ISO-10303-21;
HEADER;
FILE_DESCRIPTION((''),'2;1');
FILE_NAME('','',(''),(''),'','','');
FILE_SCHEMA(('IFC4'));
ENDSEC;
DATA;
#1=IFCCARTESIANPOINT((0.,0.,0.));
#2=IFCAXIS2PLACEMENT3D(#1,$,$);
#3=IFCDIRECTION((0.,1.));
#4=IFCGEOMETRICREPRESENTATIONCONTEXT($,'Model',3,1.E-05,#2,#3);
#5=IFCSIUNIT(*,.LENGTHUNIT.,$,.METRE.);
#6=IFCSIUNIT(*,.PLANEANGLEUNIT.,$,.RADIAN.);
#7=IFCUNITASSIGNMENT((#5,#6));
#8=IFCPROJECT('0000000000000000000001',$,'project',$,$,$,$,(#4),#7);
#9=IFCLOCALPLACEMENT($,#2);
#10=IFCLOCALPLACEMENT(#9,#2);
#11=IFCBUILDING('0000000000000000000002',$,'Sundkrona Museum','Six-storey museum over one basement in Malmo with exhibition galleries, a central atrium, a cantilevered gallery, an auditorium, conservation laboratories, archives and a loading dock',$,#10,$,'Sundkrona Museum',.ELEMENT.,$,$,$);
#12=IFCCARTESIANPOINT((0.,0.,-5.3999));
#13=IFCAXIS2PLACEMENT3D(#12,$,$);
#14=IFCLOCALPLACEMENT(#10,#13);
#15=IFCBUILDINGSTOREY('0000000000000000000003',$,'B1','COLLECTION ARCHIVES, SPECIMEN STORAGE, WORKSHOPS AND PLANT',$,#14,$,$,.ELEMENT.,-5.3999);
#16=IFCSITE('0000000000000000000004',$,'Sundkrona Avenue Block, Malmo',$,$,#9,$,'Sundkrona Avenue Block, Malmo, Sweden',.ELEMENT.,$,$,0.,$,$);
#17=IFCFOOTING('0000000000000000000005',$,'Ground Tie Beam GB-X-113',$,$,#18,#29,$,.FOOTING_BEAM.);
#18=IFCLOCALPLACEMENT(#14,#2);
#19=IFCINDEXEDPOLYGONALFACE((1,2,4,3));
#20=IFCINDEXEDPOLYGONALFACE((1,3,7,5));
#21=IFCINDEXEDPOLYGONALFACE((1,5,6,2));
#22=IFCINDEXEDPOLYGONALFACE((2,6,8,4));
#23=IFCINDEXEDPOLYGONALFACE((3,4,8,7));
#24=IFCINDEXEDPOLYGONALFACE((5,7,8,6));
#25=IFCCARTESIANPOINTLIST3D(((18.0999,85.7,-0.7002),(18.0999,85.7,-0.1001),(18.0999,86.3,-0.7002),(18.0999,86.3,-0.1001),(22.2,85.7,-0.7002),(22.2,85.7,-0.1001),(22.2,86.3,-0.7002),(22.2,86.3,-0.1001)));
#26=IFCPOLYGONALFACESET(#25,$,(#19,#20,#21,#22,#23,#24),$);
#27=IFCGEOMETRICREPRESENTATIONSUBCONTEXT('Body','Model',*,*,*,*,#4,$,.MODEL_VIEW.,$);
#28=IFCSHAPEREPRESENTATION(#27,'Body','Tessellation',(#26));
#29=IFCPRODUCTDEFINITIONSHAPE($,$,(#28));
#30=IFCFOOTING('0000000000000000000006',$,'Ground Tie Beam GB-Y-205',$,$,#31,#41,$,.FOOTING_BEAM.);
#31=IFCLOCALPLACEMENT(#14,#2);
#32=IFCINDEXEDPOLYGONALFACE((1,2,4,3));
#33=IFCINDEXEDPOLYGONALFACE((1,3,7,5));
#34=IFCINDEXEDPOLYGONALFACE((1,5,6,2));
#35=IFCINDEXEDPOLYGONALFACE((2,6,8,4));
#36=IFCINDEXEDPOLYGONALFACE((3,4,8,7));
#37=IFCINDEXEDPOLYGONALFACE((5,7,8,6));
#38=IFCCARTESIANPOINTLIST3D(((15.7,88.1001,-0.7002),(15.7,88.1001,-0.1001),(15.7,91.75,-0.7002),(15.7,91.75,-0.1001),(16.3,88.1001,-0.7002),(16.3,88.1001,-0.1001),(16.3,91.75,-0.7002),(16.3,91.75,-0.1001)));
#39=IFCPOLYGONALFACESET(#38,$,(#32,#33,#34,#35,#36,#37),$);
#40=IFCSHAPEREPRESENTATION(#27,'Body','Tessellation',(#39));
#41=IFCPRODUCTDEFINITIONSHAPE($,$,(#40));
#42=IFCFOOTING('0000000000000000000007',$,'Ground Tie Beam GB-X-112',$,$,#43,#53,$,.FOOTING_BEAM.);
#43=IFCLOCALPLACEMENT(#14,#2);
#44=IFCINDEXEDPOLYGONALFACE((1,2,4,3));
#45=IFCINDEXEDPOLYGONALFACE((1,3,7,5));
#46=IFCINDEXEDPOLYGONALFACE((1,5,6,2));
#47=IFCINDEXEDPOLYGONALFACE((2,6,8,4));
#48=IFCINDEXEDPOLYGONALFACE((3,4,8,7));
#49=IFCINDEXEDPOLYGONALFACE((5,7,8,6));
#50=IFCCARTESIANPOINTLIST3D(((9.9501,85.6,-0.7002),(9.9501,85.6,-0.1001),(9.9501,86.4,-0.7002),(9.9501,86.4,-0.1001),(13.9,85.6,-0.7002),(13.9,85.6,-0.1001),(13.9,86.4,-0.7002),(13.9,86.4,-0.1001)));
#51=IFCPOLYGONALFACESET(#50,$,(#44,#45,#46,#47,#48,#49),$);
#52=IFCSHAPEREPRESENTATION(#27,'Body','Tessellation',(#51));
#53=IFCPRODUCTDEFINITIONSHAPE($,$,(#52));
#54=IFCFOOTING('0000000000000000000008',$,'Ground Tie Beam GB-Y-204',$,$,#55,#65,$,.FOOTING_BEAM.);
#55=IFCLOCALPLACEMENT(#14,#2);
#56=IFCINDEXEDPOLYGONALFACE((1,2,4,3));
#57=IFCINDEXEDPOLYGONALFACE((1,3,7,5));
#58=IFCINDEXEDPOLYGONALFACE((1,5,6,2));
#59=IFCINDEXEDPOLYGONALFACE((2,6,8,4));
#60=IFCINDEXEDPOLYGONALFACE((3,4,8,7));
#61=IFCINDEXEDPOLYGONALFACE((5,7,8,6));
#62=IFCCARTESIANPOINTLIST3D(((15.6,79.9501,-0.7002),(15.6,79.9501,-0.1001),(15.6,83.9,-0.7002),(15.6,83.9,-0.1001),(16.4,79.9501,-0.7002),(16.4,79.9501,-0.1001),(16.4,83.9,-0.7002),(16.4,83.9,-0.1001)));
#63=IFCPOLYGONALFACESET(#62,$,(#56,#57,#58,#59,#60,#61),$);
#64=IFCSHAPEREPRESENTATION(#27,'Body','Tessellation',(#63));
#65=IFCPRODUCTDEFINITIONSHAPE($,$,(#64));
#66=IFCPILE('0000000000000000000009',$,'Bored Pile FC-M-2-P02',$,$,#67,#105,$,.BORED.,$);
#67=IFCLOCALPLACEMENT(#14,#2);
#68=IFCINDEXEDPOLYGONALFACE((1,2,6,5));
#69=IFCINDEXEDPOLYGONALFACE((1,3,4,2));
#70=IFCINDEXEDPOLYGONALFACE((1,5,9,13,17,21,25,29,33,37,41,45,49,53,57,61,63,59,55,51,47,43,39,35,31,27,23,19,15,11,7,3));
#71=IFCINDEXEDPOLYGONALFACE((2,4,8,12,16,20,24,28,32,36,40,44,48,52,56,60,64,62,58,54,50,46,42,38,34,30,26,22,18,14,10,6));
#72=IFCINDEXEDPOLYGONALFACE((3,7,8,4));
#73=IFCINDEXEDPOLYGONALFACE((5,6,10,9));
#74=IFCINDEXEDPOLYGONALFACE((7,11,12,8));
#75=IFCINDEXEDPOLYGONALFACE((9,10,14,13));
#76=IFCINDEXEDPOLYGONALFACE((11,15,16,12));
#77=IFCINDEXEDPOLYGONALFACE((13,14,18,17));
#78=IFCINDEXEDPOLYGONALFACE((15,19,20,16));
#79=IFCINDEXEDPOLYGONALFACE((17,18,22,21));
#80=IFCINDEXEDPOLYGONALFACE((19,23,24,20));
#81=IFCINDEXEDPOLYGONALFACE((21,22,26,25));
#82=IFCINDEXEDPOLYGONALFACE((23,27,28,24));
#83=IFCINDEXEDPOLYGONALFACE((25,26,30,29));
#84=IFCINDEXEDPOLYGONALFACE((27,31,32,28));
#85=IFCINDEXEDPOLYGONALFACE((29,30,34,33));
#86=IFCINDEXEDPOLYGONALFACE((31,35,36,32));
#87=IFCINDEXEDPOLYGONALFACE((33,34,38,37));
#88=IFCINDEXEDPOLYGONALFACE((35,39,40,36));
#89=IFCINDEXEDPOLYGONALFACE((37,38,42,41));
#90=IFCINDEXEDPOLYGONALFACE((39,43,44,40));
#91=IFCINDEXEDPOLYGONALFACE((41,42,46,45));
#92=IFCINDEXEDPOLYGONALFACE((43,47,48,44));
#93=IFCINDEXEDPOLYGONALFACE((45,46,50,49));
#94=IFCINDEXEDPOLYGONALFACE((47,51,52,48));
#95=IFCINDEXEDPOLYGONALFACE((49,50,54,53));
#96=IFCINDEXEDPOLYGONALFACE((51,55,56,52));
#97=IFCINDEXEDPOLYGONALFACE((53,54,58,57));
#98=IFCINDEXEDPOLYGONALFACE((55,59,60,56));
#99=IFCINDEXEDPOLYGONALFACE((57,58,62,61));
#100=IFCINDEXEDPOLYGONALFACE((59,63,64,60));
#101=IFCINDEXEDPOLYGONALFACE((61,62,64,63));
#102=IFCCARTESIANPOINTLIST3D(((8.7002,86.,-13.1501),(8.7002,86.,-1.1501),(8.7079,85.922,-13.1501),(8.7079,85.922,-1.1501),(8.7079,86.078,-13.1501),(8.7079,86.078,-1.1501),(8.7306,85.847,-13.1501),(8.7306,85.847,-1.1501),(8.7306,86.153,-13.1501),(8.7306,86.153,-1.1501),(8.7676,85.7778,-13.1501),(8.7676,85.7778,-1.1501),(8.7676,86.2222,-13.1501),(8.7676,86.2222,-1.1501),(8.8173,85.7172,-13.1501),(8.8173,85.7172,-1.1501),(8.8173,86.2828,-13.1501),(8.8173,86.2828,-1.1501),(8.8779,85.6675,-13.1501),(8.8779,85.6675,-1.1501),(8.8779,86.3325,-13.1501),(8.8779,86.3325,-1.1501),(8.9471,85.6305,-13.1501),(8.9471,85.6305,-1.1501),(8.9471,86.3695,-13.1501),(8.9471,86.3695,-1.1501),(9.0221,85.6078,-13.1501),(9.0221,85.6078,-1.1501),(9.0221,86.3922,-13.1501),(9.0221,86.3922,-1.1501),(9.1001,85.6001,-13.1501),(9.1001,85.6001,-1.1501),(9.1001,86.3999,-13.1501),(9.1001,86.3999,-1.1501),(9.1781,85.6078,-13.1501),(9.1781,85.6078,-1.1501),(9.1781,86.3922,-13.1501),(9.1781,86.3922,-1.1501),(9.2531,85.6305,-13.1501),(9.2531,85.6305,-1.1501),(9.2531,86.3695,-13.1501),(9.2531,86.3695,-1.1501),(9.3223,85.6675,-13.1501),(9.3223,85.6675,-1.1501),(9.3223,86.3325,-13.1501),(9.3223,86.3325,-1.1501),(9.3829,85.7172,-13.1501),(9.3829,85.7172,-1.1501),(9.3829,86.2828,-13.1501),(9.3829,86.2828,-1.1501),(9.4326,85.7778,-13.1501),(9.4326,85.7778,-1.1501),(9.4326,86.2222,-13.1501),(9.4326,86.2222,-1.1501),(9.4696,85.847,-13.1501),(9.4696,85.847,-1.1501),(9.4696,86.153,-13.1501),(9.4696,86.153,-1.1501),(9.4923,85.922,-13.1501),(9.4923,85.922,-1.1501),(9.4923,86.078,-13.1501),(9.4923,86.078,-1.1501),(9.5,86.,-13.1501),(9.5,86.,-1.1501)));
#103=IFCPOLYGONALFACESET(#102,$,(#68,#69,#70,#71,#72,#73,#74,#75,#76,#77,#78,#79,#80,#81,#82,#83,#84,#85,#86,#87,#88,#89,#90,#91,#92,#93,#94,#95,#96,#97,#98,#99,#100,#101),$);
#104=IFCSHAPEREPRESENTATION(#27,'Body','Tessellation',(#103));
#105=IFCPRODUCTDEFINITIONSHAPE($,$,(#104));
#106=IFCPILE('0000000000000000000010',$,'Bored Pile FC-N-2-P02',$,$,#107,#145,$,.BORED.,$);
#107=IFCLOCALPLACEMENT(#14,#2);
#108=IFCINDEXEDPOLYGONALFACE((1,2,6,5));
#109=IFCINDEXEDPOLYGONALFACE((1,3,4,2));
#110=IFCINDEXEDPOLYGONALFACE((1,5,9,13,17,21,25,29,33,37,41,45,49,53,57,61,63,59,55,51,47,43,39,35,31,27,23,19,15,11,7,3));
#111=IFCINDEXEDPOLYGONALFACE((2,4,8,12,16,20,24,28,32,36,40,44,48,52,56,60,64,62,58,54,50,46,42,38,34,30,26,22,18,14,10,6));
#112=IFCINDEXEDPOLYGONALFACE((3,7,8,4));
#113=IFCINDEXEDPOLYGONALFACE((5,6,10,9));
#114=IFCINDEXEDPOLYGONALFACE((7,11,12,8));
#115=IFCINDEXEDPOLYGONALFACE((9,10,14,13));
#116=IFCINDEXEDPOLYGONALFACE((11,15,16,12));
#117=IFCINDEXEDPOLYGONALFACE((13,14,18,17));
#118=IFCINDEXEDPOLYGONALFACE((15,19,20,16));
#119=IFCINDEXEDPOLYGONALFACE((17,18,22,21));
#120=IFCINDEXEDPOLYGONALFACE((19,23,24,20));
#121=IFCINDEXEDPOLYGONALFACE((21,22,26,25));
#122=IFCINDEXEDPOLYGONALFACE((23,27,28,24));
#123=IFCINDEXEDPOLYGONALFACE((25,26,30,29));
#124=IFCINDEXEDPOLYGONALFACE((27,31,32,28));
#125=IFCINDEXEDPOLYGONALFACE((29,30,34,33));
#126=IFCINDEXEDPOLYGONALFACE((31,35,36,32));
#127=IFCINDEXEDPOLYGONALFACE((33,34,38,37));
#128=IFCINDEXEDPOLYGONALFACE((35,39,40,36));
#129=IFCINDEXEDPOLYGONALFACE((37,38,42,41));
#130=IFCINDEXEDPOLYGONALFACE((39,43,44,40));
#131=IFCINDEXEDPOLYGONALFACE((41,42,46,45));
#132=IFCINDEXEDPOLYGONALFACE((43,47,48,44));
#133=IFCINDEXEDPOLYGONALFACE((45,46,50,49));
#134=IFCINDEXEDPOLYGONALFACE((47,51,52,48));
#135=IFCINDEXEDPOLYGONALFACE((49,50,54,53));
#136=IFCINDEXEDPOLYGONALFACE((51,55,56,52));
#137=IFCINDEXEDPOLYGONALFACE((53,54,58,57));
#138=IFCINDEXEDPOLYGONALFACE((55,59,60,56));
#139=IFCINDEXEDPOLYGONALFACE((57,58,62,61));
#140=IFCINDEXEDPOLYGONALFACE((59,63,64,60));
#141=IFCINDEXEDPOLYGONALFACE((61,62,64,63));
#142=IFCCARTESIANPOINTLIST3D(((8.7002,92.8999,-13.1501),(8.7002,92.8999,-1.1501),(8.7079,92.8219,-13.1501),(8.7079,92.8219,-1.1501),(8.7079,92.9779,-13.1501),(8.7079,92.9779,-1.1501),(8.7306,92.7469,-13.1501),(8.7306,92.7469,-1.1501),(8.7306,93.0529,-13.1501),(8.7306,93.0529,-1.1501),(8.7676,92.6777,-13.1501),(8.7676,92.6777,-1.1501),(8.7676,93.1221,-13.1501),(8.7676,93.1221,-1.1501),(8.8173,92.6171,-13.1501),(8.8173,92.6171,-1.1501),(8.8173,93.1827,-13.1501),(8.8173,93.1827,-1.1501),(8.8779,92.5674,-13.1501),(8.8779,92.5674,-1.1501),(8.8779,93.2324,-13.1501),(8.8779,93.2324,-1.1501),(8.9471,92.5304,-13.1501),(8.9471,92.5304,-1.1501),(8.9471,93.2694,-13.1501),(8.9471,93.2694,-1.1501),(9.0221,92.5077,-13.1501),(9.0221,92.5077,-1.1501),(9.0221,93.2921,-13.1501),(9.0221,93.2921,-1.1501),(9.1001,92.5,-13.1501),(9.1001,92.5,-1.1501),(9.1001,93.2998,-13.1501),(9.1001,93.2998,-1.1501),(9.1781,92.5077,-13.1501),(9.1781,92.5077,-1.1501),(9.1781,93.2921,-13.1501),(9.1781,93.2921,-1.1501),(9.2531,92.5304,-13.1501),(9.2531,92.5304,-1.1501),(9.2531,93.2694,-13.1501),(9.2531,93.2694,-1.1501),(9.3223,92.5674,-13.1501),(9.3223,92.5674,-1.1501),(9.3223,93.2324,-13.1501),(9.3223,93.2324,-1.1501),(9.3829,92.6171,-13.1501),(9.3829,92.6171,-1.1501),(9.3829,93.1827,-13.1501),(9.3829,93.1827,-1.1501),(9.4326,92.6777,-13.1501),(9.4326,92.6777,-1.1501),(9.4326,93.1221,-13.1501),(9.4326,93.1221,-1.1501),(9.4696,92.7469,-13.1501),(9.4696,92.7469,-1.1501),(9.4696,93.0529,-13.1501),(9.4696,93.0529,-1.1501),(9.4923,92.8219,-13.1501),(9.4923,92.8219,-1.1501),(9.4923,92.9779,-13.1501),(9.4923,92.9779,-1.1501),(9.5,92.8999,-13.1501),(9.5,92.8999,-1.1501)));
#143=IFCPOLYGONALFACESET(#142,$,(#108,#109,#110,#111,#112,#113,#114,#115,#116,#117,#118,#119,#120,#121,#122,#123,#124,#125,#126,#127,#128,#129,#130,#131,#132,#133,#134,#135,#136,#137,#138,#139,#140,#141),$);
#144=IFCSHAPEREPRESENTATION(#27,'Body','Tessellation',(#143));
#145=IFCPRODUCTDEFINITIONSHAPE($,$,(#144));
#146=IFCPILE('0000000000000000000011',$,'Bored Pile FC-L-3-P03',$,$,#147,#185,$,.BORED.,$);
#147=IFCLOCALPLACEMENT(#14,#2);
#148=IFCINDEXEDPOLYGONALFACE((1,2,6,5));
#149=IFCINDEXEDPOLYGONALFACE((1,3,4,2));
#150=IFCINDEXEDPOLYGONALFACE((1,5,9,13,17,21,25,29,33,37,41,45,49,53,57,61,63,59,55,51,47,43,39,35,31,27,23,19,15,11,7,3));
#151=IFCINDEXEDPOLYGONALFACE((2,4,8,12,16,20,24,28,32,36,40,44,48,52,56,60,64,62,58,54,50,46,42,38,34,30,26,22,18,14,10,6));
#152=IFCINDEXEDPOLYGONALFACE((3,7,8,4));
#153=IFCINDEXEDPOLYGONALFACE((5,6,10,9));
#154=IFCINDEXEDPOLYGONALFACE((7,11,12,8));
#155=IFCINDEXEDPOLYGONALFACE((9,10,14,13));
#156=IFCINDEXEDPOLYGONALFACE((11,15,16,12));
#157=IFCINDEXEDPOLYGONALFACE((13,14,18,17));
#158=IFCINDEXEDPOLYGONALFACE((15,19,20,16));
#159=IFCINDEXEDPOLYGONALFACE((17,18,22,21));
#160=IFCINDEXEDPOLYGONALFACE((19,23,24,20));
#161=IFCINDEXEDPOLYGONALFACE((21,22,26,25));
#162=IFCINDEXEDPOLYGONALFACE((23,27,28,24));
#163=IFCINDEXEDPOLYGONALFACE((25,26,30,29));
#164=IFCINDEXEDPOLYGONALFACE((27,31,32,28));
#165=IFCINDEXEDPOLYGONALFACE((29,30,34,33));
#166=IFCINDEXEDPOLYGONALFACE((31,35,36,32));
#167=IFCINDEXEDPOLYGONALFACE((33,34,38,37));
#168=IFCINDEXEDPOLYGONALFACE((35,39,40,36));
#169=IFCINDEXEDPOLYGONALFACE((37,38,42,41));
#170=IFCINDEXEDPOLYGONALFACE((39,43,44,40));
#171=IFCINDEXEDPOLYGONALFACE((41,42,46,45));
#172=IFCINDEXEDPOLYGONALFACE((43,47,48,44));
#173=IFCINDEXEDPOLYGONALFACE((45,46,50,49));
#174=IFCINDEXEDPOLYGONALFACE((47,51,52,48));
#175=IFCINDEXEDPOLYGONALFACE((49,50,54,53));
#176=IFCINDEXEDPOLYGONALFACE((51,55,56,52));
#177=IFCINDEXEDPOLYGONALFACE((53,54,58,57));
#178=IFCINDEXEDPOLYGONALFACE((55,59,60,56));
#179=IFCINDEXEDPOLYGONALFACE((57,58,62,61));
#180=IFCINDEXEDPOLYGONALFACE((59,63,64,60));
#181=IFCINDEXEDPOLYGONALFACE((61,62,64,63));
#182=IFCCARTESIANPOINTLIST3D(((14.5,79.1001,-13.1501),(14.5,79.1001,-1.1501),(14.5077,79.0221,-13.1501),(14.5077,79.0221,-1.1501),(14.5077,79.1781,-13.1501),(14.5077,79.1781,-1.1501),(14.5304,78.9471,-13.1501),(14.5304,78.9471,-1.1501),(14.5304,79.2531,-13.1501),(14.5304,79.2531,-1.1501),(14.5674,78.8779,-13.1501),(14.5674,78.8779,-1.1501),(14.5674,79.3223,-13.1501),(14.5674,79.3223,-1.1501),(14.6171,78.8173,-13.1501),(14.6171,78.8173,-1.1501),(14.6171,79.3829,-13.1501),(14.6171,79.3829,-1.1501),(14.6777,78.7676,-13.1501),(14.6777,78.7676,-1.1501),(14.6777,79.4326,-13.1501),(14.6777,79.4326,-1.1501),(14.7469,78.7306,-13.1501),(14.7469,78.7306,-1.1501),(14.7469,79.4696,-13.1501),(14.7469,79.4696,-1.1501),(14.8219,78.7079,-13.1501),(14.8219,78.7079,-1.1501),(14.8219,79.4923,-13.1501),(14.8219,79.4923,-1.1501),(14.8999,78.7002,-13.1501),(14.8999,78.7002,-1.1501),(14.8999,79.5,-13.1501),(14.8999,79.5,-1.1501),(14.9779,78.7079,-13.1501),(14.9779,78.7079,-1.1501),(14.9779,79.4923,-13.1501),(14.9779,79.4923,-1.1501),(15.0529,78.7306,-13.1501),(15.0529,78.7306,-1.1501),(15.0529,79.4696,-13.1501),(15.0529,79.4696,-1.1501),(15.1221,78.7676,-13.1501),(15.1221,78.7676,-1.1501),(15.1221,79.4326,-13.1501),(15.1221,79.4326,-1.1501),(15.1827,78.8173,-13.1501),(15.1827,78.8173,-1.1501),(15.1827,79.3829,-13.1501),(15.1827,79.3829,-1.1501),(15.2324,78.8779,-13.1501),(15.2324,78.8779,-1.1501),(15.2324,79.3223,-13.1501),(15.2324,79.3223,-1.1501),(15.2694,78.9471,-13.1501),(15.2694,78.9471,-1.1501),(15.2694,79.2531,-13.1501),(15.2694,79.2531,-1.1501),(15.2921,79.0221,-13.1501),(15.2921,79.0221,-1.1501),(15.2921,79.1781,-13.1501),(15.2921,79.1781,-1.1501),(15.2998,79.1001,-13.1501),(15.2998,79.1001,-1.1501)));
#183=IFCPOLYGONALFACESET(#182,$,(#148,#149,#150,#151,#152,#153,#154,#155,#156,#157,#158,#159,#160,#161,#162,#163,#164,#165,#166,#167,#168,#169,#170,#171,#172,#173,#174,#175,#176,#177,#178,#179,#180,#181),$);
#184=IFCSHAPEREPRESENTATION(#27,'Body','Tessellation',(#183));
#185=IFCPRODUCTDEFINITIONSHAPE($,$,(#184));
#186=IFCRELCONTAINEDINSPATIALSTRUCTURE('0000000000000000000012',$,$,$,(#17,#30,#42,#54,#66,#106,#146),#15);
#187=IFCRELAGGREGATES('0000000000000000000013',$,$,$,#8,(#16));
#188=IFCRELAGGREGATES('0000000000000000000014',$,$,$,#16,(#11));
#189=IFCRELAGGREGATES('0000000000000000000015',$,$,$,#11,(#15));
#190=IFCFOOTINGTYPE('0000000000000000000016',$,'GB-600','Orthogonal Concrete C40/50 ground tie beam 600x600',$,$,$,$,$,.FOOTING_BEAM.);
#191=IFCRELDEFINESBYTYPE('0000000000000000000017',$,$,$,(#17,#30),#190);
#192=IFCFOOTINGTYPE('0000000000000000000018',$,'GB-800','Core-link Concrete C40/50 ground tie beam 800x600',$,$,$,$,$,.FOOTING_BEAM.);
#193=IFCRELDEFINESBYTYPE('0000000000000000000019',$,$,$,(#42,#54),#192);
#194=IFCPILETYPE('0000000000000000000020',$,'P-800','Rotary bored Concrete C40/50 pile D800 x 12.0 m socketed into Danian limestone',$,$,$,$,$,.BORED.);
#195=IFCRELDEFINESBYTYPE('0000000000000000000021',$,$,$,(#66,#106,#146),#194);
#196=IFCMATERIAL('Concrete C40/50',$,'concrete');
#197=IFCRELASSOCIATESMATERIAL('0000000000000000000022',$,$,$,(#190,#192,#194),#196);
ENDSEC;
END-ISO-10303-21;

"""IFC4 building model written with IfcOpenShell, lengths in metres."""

from ifc_helpers import new_model, si_unit, direction, frame, origin, origin_2d, place, context, subcontext, project, spatial, rectangle, circle, extrude, material, material_profile, profile_set, type_object, element, save


model = new_model("IFC4")

# Units and contexts
model_context = context("Model", 3, precision=1e-05, world=origin(), true_north=direction((0.0, 1.0)))
body_context = subcontext(model_context, "Body", "Model", "MODEL_VIEW")
ifc_project = project(units=[si_unit("LENGTHUNIT", "METRE"), si_unit("PLANEANGLEUNIT", "RADIAN")], contexts=[model_context])

# Site, building, storey
site_placement = place(None, origin())
site = spatial("IfcSite", under=ifc_project, at=site_placement, Name="Sundkrona Avenue Block, Malmo", LongName="Sundkrona Avenue Block, Malmo, Sweden", CompositionType="ELEMENT", RefElevation=0.0)
building_placement = place(site_placement, origin())
building = spatial("IfcBuilding", under=site, at=building_placement, Name="Sundkrona Museum", Description="Six-storey museum over one basement in Malmo with exhibition galleries, a central atrium, a cantilevered gallery, an auditorium, conservation laboratories, archives and a loading dock", LongName="Sundkrona Museum", CompositionType="ELEMENT")
storey_placement = place(building_placement, frame((0.0, 0.0, -5.3999)))
storey = spatial("IfcBuildingStorey", under=building, at=storey_placement, Name="B1", Description="COLLECTION ARCHIVES, SPECIMEN STORAGE, WORKSHOPS AND PLANT", CompositionType="ELEMENT", Elevation=-5.3999)

# Footings
ifc_material_1 = material(Name="Concrete C40/50", Category="concrete")
footing_type_1 = type_object("IfcFootingType", Name="GB-600", Description="Orthogonal Concrete C40/50 ground tie beam 600x600", PredefinedType="FOOTING_BEAM", material=ifc_material_1)
footing_1_placement = place(storey_placement, frame((20.1499, 86.0, -0.7002), z_axis=(0.0, 0.0, 1.0), x_axis=(1.0, 0.0, 0.0)))
element("IfcFooting", 1, at=footing_1_placement, inside=storey, type_object=footing_type_1, Name="Ground Tie Beam GB-X-113", PredefinedType="FOOTING_BEAM", context=body_context, shape_type="SweptSolid", body=[
    extrude(rectangle(XDim=4.1001, YDim=0.6001, at=origin_2d()), origin(), (0.0, 0.0, 1.0), 0.6001),
])
footing_2_placement = place(storey_placement, frame((16.0, 89.925, -0.7002), z_axis=(0.0, 0.0, 1.0), x_axis=(0.0, 1.0, 0.0)))
element("IfcFooting", 2, at=footing_2_placement, inside=storey, type_object=footing_type_1, Name="Ground Tie Beam GB-Y-205", PredefinedType="FOOTING_BEAM", context=body_context, shape_type="SweptSolid", body=[
    extrude(rectangle(XDim=3.6499, YDim=0.6001, at=origin_2d()), origin(), (0.0, 0.0, 1.0), 0.6001),
])
footing_type_2 = type_object("IfcFootingType", Name="GB-800", Description="Core-link Concrete C40/50 ground tie beam 800x600", PredefinedType="FOOTING_BEAM", material=ifc_material_1)
for number, where, z_axis, x_axis, name in (
    (3, (11.925, 86.0, -0.7002), (0.0, 0.0, 1.0), (1.0, 0.0, 0.0), "Ground Tie Beam GB-X-112"),
    (4, (16.0, 81.925, -0.7002), (0.0, 0.0, 1.0), (0.0, 1.0, 0.0), "Ground Tie Beam GB-Y-204"),
):
    element("IfcFooting", number, at=place(storey_placement, frame(where, z_axis=z_axis, x_axis=x_axis)), inside=storey, type_object=footing_type_2, Name=name, PredefinedType="FOOTING_BEAM", context=body_context, shape_type="SweptSolid", body=[
        extrude(rectangle(XDim=3.95, YDim=0.8, at=origin_2d()), origin(), (0.0, 0.0, 1.0), 0.6001),
    ])

# Piles
ifc_material_profile_1 = material_profile(ifc_material_1, circle(Radius=0.3999, at=origin_2d()), Name="PILE D800")
ifc_profile_set_1 = profile_set([ifc_material_profile_1], Name="Concrete C40/50")
pile_type = type_object("IfcPileType", Name="P-800", Description="Rotary bored Concrete C40/50 pile D800 x 12.0 m socketed into Danian limestone", PredefinedType="BORED", material=ifc_profile_set_1)
for number, where, z_axis, x_axis, name in (
    (5, (9.1001, 86.0, -1.1501), (0.0, 0.0, -1.0), (1.0, 0.0, 0.0), "Bored Pile FC-M-2-P02"),
    (6, (9.1001, 92.8999, -1.1501), (0.0, 0.0, -1.0), (1.0, 0.0, 0.0), "Bored Pile FC-N-2-P02"),
    (7, (14.8999, 79.1001, -1.1501), (0.0, 0.0, -1.0), (1.0, 0.0, 0.0), "Bored Pile FC-L-3-P03"),
):
    element("IfcPile", number, at=place(storey_placement, frame(where, z_axis=z_axis, x_axis=x_axis)), inside=storey, type_object=pile_type, Name=name, PredefinedType="BORED", context=body_context, shape_type="SweptSolid", body=[
        extrude(circle(Radius=0.3999, at=origin_2d()), origin(), (0.0, 0.0, 1.0), 12.0),
    ])

save(model, "model.ifc")
